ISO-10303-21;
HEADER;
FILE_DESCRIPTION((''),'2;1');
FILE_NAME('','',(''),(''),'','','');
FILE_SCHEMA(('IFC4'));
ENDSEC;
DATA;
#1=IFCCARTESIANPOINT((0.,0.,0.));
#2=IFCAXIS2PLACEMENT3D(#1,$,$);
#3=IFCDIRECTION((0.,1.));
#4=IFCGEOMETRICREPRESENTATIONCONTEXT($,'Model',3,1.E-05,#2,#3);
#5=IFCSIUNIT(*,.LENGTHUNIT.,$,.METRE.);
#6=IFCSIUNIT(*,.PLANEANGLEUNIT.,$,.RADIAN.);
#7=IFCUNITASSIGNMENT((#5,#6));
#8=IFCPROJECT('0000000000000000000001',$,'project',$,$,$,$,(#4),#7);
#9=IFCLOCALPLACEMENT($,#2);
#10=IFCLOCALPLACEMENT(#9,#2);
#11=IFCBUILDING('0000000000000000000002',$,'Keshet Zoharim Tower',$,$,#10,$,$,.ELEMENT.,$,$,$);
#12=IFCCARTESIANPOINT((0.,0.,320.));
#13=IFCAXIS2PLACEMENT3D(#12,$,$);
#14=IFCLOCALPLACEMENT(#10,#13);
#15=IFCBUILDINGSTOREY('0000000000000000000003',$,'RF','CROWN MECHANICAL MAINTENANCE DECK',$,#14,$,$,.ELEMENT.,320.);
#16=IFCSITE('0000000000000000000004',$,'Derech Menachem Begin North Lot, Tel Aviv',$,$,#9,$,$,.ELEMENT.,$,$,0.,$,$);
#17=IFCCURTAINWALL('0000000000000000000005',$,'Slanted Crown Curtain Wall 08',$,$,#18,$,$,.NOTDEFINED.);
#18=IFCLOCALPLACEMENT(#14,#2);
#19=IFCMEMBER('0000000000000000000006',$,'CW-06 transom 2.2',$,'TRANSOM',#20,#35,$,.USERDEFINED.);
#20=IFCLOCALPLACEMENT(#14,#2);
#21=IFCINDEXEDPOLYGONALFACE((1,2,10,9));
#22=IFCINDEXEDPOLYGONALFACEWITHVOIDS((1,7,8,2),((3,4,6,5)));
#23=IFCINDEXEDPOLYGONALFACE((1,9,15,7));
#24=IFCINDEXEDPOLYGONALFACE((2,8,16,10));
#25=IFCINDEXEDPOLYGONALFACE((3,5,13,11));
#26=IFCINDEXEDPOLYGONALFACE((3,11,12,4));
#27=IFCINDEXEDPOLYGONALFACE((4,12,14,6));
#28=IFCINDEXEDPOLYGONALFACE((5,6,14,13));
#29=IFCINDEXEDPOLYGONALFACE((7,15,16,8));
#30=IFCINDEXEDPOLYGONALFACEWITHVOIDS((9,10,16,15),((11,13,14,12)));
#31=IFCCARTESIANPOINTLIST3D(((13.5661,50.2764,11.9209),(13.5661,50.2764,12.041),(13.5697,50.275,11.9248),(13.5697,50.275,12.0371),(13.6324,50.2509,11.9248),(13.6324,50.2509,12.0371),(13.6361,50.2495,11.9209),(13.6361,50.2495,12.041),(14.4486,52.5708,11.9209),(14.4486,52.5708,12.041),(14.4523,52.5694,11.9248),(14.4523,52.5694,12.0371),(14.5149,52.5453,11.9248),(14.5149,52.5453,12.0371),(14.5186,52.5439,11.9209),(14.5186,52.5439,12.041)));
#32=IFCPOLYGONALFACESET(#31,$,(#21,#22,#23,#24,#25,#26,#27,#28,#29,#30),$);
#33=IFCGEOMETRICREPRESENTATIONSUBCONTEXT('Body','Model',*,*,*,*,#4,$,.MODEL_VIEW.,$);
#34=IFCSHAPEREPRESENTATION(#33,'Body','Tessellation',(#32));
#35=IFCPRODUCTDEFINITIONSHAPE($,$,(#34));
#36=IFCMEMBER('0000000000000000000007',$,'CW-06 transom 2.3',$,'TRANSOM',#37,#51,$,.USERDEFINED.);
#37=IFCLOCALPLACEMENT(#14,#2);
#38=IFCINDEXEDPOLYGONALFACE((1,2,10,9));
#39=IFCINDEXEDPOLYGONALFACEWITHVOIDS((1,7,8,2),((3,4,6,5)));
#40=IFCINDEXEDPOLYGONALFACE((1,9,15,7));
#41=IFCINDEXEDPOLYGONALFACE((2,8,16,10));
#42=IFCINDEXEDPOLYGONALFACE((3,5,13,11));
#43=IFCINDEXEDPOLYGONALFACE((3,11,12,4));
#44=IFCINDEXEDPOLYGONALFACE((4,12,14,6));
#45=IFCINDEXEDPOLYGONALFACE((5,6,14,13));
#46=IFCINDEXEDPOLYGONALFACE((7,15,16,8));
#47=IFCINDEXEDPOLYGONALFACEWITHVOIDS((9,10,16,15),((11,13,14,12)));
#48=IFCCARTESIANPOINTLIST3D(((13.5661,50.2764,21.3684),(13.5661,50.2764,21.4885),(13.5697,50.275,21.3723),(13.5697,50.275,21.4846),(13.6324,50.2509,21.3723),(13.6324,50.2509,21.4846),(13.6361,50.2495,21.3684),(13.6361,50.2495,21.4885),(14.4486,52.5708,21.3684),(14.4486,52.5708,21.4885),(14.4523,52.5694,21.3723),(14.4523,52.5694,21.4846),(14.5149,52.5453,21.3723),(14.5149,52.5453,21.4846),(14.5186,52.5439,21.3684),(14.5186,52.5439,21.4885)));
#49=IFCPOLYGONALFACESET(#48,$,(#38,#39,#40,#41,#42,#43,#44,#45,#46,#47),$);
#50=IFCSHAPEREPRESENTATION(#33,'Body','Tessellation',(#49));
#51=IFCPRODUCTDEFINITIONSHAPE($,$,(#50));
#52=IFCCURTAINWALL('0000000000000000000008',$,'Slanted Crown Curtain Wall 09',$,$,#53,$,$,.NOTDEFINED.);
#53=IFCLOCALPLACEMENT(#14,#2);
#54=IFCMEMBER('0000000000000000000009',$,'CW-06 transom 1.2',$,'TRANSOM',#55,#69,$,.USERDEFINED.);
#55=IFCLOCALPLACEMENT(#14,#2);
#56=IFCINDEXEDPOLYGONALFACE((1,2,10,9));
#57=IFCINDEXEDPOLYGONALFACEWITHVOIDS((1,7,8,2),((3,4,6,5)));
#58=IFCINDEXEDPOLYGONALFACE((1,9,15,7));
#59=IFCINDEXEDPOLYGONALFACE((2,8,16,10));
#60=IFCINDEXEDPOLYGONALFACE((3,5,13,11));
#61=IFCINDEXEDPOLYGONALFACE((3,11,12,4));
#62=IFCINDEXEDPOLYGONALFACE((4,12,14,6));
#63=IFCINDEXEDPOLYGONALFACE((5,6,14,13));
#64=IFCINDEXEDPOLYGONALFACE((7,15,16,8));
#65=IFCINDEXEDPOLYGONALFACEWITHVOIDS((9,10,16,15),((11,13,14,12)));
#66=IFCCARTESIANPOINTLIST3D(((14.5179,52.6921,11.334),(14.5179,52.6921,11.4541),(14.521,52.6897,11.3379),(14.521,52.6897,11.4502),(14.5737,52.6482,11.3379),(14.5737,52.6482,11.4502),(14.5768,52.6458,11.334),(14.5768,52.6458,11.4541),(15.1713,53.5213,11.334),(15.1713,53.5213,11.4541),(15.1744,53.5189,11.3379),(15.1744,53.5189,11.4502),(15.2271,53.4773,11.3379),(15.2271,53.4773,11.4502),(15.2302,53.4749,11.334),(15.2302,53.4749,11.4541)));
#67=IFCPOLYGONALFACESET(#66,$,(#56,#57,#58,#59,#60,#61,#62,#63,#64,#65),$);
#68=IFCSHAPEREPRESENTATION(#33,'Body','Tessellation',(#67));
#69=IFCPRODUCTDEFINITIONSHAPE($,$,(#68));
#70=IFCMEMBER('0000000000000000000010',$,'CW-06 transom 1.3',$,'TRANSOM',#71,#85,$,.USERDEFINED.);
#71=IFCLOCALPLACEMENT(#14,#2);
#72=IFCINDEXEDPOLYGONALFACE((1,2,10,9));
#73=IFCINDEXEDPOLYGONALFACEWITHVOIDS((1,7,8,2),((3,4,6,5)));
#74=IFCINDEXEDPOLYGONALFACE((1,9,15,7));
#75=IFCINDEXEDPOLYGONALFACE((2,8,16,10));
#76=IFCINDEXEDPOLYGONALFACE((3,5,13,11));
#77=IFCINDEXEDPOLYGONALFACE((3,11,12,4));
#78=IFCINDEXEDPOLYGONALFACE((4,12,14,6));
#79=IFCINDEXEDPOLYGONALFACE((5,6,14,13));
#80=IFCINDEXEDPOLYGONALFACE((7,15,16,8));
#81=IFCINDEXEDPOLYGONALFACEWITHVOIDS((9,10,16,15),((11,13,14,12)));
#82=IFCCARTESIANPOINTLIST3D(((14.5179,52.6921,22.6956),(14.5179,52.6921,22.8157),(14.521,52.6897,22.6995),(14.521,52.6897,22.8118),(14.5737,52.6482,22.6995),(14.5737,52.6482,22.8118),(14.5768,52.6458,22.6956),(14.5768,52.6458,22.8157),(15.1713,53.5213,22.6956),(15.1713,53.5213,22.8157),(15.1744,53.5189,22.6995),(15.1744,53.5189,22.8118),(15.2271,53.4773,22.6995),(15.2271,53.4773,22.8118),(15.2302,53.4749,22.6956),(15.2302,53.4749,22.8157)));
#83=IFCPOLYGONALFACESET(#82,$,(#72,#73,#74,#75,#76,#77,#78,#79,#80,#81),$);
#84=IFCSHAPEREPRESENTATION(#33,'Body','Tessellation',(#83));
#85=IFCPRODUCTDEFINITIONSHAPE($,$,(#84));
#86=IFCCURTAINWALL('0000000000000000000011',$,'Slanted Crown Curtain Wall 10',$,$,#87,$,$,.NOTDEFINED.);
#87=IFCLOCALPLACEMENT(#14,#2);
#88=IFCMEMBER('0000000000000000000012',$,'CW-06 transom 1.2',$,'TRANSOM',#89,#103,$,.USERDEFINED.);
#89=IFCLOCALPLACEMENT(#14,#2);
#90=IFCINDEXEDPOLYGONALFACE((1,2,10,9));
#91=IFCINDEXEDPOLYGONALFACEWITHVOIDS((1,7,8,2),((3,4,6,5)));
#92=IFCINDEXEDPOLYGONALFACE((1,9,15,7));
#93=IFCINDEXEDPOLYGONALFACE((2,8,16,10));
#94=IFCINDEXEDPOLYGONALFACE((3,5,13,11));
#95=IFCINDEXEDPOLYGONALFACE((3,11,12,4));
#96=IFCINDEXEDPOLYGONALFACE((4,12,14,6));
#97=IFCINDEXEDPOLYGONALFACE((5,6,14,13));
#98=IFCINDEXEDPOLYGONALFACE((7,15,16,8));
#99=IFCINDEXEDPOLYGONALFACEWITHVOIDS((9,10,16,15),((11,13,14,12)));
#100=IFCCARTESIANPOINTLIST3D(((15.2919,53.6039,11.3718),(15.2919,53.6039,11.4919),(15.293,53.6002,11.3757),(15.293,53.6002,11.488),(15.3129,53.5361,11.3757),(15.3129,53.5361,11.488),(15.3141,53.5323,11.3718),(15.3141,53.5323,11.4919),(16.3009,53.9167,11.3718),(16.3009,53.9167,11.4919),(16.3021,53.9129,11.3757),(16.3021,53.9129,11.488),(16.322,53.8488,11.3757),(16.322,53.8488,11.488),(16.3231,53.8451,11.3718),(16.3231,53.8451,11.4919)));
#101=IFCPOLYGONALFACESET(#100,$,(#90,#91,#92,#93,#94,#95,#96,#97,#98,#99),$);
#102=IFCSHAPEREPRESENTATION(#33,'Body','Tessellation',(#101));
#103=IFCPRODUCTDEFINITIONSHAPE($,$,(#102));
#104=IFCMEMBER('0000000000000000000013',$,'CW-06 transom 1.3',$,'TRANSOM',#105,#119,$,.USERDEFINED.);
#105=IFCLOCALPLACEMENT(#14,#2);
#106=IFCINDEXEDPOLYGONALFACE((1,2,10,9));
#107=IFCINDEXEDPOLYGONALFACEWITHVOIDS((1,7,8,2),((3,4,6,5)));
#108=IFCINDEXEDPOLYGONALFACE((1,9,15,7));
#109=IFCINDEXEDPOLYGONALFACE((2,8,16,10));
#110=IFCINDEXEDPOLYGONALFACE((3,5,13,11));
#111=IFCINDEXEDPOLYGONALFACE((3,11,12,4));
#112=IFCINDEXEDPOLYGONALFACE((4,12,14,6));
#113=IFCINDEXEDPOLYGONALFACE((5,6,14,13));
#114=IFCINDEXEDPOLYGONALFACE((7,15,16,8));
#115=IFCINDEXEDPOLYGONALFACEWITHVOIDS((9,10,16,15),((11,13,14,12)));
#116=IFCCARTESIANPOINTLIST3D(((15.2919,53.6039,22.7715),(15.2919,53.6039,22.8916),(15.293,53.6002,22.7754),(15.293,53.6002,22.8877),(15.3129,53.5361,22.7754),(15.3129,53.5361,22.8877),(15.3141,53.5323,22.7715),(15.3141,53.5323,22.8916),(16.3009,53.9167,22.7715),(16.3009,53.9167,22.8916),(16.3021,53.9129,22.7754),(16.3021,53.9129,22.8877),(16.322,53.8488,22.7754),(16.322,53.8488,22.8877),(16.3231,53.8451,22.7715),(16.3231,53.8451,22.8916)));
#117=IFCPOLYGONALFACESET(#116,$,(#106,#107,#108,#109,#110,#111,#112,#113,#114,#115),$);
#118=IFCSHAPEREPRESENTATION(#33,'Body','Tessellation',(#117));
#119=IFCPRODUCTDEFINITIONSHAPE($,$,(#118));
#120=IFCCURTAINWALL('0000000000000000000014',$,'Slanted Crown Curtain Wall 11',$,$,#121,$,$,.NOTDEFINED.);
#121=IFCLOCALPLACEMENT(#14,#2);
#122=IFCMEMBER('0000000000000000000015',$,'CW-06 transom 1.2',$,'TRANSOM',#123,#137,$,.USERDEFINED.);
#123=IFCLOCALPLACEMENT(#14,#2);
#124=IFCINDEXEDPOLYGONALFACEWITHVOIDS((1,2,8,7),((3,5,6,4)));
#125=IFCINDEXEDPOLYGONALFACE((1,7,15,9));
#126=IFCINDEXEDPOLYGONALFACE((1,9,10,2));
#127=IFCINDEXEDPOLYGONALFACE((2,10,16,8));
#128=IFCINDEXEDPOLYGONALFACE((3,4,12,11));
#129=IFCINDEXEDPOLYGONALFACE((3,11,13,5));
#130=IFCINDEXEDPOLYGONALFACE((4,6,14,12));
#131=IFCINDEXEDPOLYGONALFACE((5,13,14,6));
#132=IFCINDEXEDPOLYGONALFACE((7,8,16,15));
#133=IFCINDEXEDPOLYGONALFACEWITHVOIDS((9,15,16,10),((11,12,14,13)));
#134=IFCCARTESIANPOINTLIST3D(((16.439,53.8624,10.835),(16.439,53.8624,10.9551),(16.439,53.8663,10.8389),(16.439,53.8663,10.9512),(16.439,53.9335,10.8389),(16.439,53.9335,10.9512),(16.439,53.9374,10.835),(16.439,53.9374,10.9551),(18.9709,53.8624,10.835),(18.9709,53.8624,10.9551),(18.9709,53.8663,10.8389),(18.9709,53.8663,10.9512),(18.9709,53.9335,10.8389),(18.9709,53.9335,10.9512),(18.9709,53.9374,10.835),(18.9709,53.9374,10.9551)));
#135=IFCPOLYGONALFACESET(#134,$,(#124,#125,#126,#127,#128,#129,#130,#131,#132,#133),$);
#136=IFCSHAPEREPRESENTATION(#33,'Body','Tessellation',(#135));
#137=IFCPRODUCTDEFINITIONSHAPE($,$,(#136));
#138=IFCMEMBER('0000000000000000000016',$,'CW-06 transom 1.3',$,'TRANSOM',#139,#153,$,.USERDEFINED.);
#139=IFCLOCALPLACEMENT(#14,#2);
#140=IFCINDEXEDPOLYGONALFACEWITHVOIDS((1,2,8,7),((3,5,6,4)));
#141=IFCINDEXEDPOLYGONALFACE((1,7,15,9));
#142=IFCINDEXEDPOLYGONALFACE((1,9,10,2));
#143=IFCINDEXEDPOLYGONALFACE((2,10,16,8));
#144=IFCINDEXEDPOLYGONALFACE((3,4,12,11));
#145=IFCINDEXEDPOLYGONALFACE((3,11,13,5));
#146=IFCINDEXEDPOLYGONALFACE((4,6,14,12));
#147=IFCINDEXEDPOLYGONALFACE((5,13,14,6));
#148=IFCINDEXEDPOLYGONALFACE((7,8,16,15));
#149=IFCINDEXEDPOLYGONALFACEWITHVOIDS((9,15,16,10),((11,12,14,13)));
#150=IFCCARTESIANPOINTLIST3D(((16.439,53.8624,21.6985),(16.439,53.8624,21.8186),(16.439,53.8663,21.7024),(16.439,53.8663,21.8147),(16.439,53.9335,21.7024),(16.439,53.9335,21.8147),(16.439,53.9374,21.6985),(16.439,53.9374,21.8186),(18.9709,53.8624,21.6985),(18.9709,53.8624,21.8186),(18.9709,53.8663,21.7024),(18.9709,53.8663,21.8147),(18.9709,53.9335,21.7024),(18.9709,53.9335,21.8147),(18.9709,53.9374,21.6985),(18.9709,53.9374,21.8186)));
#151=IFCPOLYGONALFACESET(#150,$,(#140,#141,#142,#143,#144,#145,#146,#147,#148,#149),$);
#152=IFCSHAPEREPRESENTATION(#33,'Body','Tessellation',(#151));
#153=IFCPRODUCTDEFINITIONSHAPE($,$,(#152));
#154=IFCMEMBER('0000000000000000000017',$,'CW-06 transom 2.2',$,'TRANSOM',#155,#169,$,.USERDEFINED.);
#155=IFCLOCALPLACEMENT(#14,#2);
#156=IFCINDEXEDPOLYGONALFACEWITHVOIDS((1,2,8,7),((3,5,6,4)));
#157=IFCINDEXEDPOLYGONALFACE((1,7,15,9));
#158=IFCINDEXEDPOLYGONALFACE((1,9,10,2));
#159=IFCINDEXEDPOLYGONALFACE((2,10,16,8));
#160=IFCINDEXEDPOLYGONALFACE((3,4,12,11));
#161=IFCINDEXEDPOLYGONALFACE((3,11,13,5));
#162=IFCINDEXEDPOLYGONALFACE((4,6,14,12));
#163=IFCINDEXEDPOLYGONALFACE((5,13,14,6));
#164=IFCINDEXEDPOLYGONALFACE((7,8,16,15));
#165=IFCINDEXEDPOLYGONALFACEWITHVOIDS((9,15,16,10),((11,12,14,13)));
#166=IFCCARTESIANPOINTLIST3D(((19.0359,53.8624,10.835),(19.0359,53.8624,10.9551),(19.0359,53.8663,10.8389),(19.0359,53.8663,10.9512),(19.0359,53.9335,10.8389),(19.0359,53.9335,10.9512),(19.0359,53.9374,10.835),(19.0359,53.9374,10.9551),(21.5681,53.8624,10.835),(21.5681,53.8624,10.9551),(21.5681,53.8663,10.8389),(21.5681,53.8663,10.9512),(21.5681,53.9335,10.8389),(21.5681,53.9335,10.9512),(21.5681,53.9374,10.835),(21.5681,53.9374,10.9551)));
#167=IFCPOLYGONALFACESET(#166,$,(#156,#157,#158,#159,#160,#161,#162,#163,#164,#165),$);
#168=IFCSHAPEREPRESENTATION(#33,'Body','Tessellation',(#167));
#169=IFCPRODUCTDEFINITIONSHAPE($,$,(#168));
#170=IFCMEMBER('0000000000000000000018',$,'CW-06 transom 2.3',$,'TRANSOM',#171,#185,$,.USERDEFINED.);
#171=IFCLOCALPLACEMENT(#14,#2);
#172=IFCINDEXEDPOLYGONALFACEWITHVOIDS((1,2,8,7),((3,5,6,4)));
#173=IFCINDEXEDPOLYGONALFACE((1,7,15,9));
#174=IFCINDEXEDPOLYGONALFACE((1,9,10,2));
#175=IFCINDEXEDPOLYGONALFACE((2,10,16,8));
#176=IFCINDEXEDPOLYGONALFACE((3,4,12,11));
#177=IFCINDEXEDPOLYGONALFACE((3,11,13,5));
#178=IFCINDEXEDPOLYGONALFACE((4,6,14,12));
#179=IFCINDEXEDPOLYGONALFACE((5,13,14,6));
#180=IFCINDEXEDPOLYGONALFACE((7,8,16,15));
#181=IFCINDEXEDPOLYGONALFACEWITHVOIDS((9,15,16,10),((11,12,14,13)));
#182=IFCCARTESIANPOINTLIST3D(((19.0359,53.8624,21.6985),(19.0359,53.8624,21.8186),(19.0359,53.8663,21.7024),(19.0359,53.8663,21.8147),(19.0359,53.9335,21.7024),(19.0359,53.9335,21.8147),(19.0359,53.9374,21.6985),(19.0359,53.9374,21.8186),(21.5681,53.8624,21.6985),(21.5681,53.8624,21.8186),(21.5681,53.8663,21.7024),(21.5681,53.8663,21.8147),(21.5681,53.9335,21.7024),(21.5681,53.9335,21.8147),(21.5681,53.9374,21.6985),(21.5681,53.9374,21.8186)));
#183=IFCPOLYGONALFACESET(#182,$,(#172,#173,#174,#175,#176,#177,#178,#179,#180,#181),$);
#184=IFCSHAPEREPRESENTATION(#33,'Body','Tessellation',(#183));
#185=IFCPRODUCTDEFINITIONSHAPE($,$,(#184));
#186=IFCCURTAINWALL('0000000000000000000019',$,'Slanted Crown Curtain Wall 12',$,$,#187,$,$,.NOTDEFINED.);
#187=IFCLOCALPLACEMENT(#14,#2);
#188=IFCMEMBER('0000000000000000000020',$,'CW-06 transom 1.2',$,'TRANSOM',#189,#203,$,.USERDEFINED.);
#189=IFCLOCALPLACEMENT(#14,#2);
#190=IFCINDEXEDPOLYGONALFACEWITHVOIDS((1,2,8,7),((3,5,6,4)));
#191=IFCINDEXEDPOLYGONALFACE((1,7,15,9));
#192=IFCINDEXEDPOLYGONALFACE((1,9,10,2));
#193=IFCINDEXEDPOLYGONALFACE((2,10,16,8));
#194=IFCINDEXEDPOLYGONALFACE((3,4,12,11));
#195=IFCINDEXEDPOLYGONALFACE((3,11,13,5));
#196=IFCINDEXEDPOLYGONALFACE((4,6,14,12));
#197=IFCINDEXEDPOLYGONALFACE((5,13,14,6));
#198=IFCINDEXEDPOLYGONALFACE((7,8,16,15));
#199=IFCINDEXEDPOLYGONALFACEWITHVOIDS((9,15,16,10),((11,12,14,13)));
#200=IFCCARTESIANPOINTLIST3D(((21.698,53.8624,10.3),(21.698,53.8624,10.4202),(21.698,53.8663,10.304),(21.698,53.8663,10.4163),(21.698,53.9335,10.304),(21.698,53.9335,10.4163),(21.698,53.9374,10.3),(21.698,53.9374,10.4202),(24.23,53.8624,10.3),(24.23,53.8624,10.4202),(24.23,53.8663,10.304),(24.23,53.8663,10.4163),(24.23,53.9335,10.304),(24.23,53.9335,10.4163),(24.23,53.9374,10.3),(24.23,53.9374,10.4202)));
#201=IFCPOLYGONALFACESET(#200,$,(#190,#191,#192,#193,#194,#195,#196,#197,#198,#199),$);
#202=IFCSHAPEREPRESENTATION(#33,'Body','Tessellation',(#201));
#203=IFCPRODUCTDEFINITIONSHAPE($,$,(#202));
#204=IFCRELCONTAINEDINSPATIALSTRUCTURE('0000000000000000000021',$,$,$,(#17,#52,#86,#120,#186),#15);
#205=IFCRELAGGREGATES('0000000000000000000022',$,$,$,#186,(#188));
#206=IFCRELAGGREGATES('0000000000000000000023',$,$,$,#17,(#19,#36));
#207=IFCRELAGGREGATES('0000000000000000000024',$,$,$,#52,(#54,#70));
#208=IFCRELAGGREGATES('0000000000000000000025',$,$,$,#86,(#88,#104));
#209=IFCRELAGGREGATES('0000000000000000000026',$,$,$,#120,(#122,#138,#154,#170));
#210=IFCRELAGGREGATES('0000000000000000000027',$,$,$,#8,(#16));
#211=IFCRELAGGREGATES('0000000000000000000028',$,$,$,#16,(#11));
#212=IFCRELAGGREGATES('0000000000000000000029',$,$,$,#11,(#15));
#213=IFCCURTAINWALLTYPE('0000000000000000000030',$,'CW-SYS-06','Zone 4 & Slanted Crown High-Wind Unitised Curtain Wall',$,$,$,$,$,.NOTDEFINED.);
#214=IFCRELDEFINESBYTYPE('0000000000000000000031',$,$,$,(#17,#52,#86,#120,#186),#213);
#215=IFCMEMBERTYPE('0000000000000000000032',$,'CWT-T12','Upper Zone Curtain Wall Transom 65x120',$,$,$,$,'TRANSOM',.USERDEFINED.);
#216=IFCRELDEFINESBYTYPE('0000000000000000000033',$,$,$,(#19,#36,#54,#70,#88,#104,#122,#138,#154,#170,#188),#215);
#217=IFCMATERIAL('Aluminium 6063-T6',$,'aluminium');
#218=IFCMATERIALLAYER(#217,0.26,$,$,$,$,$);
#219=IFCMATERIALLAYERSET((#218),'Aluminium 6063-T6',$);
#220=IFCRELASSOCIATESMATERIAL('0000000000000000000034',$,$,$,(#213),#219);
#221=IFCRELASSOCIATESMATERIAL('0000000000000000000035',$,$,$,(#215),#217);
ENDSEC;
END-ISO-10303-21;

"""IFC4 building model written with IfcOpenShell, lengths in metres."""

from ifc_helpers import new_model, si_unit, direction, frame, origin, origin_2d, place, context, subcontext, project, spatial, hollow_rectangle, extrude, material, layer, layer_set, material_profile, profile_set, type_object, element, aggregate, save


model = new_model("IFC4")

# Units and contexts
model_context = context("Model", 3, precision=1e-05, world=origin(), true_north=direction((0.0, 1.0)))
body_context = subcontext(model_context, "Body", "Model", "MODEL_VIEW")
ifc_project = project(units=[si_unit("LENGTHUNIT", "METRE"), si_unit("PLANEANGLEUNIT", "RADIAN")], contexts=[model_context])

# Site, building, storey
site_placement = place(None, origin())
site = spatial("IfcSite", under=ifc_project, at=site_placement, Name="Derech Menachem Begin North Lot, Tel Aviv", CompositionType="ELEMENT", RefElevation=0.0)
building_placement = place(site_placement, origin())
building = spatial("IfcBuilding", under=site, at=building_placement, Name="Keshet Zoharim Tower", CompositionType="ELEMENT")
storey_placement = place(building_placement, frame((0.0, 0.0, 320.0)))
storey = spatial("IfcBuildingStorey", under=building, at=storey_placement, Name="RF", Description="CROWN MECHANICAL MAINTENANCE DECK", CompositionType="ELEMENT", Elevation=320.0)

# Curtain walls, members
ifc_material_1 = material(Name="Aluminium 6063-T6", Category="aluminium")
ifc_layer_1 = layer(ifc_material_1, 0.26)
ifc_layer_set_1 = layer_set([ifc_layer_1], Name="Aluminium 6063-T6")
curtain_wall_type = type_object("IfcCurtainWallType", Name="CW-SYS-06", Description="Zone 4 & Slanted Crown High-Wind Unitised Curtain Wall", PredefinedType="NOTDEFINED", material=ifc_layer_set_1)
ifc_material_profile_1 = material_profile(ifc_material_1, hollow_rectangle(XDim=0.075, YDim=0.1201, WallThickness=0.0039, at=origin_2d()), Name="TRN-75x120")
ifc_profile_set_1 = profile_set([ifc_material_profile_1], Name="Aluminium 6063-T6")
member_type = type_object("IfcMemberType", Name="CWT-T12", Description="Upper Zone Curtain Wall Transom 65x120", ElementType="TRANSOM", PredefinedType="USERDEFINED", material=ifc_profile_set_1)
curtain_wall_1_placement = place(storey_placement, origin())
curtain_wall_1 = element("IfcCurtainWall", 1, at=curtain_wall_1_placement, inside=storey, type_object=curtain_wall_type, Name="Slanted Crown Curtain Wall 08", PredefinedType="NOTDEFINED")
member_1_placement = place(storey_placement, frame((13.6011, 50.2629, 11.981), z_axis=(0.359012, 0.933333, 0.0), x_axis=(-0.933333, 0.359012, 0.0)))
member_1 = element("IfcMember", 2, at=member_1_placement, type_object=member_type, Name="CW-06 transom 2.2", ObjectType="TRANSOM", PredefinedType="USERDEFINED", context=body_context, shape_type="SweptSolid", body=[
    extrude(hollow_rectangle(XDim=0.075, YDim=0.1201, WallThickness=0.0039, at=origin_2d()), origin(), (0.0, 0.0, 1.0), 2.4583),
])
member_2_placement = place(storey_placement, frame((13.6011, 50.2629, 21.4285), z_axis=(0.359012, 0.933333, 0.0), x_axis=(-0.933333, 0.359012, 0.0)))
member_2 = element("IfcMember", 3, at=member_2_placement, type_object=member_type, Name="CW-06 transom 2.3", ObjectType="TRANSOM", PredefinedType="USERDEFINED", context=body_context, shape_type="SweptSolid", body=[
    extrude(hollow_rectangle(XDim=0.075, YDim=0.1201, WallThickness=0.0039, at=origin_2d()), origin(), (0.0, 0.0, 1.0), 2.4583),
])
curtain_wall_2_placement = place(storey_placement, origin())
curtain_wall_2 = element("IfcCurtainWall", 4, at=curtain_wall_2_placement, inside=storey, type_object=curtain_wall_type, Name="Slanted Crown Curtain Wall 09", PredefinedType="NOTDEFINED")
member_3_placement = place(storey_placement, frame((14.5474, 52.6689, 11.394), z_axis=(0.618924, 0.785451, 0.0), x_axis=(-0.785451, 0.618924, 0.0)))
member_3 = element("IfcMember", 5, at=member_3_placement, type_object=member_type, Name="CW-06 transom 1.2", ObjectType="TRANSOM", PredefinedType="USERDEFINED", context=body_context, shape_type="SweptSolid", body=[
    extrude(hollow_rectangle(XDim=0.075, YDim=0.1201, WallThickness=0.0039, at=origin_2d()), origin(), (0.0, 0.0, 1.0), 1.0557),
])
member_4_placement = place(storey_placement, frame((14.5474, 52.6689, 22.7556), z_axis=(0.618924, 0.785451, 0.0), x_axis=(-0.785451, 0.618924, 0.0)))
member_4 = element("IfcMember", 6, at=member_4_placement, type_object=member_type, Name="CW-06 transom 1.3", ObjectType="TRANSOM", PredefinedType="USERDEFINED", context=body_context, shape_type="SweptSolid", body=[
    extrude(hollow_rectangle(XDim=0.075, YDim=0.1201, WallThickness=0.0039, at=origin_2d()), origin(), (0.0, 0.0, 1.0), 1.0557),
])
curtain_wall_3_placement = place(storey_placement, origin())
curtain_wall_3 = element("IfcCurtainWall", 7, at=curtain_wall_3_placement, inside=storey, type_object=curtain_wall_type, Name="Slanted Crown Curtain Wall 10", PredefinedType="NOTDEFINED")
member_5_placement = place(storey_placement, frame((15.303, 53.5681, 11.4319), z_axis=(0.955172, 0.29605, 0.0), x_axis=(-0.29605, 0.955172, 0.0)))
member_5 = element("IfcMember", 8, at=member_5_placement, type_object=member_type, Name="CW-06 transom 1.2", ObjectType="TRANSOM", PredefinedType="USERDEFINED", context=body_context, shape_type="SweptSolid", body=[
    extrude(hollow_rectangle(XDim=0.075, YDim=0.1201, WallThickness=0.0039, at=origin_2d()), origin(), (0.0, 0.0, 1.0), 1.0564),
])
member_6_placement = place(storey_placement, frame((15.303, 53.5681, 22.8315), z_axis=(0.955172, 0.29605, 0.0), x_axis=(-0.29605, 0.955172, 0.0)))
member_6 = element("IfcMember", 9, at=member_6_placement, type_object=member_type, Name="CW-06 transom 1.3", ObjectType="TRANSOM", PredefinedType="USERDEFINED", context=body_context, shape_type="SweptSolid", body=[
    extrude(hollow_rectangle(XDim=0.075, YDim=0.1201, WallThickness=0.0039, at=origin_2d()), origin(), (0.0, 0.0, 1.0), 1.0564),
])
curtain_wall_4_placement = place(storey_placement, origin())
curtain_wall_4 = element("IfcCurtainWall", 10, at=curtain_wall_4_placement, inside=storey, type_object=curtain_wall_type, Name="Slanted Crown Curtain Wall 11", PredefinedType="NOTDEFINED")
member_7_placement = place(storey_placement, frame((16.439, 53.8999, 10.895), z_axis=(1.0, 0.0, 0.0), x_axis=(0.0, 1.0, 0.0)))
member_7 = element("IfcMember", 11, at=member_7_placement, type_object=member_type, Name="CW-06 transom 1.2", ObjectType="TRANSOM", PredefinedType="USERDEFINED", context=body_context, shape_type="SweptSolid", body=[
    extrude(hollow_rectangle(XDim=0.075, YDim=0.1201, WallThickness=0.0039, at=origin_2d()), origin(), (0.0, 0.0, 1.0), 2.532),
])
member_8_placement = place(storey_placement, frame((16.439, 53.8999, 21.7585), z_axis=(1.0, 0.0, 0.0), x_axis=(0.0, 1.0, 0.0)))
member_8 = element("IfcMember", 12, at=member_8_placement, type_object=member_type, Name="CW-06 transom 1.3", ObjectType="TRANSOM", PredefinedType="USERDEFINED", context=body_context, shape_type="SweptSolid", body=[
    extrude(hollow_rectangle(XDim=0.075, YDim=0.1201, WallThickness=0.0039, at=origin_2d()), origin(), (0.0, 0.0, 1.0), 2.532),
])
member_9_placement = place(storey_placement, frame((19.0359, 53.8999, 10.895), z_axis=(1.0, 0.0, 0.0), x_axis=(0.0, 1.0, 0.0)))
member_9 = element("IfcMember", 13, at=member_9_placement, type_object=member_type, Name="CW-06 transom 2.2", ObjectType="TRANSOM", PredefinedType="USERDEFINED", context=body_context, shape_type="SweptSolid", body=[
    extrude(hollow_rectangle(XDim=0.075, YDim=0.1201, WallThickness=0.0039, at=origin_2d()), origin(), (0.0, 0.0, 1.0), 2.5322),
])
member_10_placement = place(storey_placement, frame((19.0359, 53.8999, 21.7585), z_axis=(1.0, 0.0, 0.0), x_axis=(0.0, 1.0, 0.0)))
member_10 = element("IfcMember", 14, at=member_10_placement, type_object=member_type, Name="CW-06 transom 2.3", ObjectType="TRANSOM", PredefinedType="USERDEFINED", context=body_context, shape_type="SweptSolid", body=[
    extrude(hollow_rectangle(XDim=0.075, YDim=0.1201, WallThickness=0.0039, at=origin_2d()), origin(), (0.0, 0.0, 1.0), 2.5322),
])
curtain_wall_5_placement = place(storey_placement, origin())
curtain_wall_5 = element("IfcCurtainWall", 15, at=curtain_wall_5_placement, inside=storey, type_object=curtain_wall_type, Name="Slanted Crown Curtain Wall 12", PredefinedType="NOTDEFINED")
member_11_placement = place(storey_placement, frame((21.698, 53.8999, 10.3601), z_axis=(1.0, 0.0, 0.0), x_axis=(0.0, 1.0, 0.0)))
member_11 = element("IfcMember", 16, at=member_11_placement, type_object=member_type, Name="CW-06 transom 1.2", ObjectType="TRANSOM", PredefinedType="USERDEFINED", context=body_context, shape_type="SweptSolid", body=[
    extrude(hollow_rectangle(XDim=0.075, YDim=0.1201, WallThickness=0.0039, at=origin_2d()), origin(), (0.0, 0.0, 1.0), 2.532),
])
aggregate(curtain_wall_5, [member_11])

aggregate(curtain_wall_1, [member_1, member_2])
aggregate(curtain_wall_2, [member_3, member_4])
aggregate(curtain_wall_3, [member_5, member_6])
aggregate(curtain_wall_4, [member_7, member_8, member_9, member_10])

save(model, "model.ifc")
